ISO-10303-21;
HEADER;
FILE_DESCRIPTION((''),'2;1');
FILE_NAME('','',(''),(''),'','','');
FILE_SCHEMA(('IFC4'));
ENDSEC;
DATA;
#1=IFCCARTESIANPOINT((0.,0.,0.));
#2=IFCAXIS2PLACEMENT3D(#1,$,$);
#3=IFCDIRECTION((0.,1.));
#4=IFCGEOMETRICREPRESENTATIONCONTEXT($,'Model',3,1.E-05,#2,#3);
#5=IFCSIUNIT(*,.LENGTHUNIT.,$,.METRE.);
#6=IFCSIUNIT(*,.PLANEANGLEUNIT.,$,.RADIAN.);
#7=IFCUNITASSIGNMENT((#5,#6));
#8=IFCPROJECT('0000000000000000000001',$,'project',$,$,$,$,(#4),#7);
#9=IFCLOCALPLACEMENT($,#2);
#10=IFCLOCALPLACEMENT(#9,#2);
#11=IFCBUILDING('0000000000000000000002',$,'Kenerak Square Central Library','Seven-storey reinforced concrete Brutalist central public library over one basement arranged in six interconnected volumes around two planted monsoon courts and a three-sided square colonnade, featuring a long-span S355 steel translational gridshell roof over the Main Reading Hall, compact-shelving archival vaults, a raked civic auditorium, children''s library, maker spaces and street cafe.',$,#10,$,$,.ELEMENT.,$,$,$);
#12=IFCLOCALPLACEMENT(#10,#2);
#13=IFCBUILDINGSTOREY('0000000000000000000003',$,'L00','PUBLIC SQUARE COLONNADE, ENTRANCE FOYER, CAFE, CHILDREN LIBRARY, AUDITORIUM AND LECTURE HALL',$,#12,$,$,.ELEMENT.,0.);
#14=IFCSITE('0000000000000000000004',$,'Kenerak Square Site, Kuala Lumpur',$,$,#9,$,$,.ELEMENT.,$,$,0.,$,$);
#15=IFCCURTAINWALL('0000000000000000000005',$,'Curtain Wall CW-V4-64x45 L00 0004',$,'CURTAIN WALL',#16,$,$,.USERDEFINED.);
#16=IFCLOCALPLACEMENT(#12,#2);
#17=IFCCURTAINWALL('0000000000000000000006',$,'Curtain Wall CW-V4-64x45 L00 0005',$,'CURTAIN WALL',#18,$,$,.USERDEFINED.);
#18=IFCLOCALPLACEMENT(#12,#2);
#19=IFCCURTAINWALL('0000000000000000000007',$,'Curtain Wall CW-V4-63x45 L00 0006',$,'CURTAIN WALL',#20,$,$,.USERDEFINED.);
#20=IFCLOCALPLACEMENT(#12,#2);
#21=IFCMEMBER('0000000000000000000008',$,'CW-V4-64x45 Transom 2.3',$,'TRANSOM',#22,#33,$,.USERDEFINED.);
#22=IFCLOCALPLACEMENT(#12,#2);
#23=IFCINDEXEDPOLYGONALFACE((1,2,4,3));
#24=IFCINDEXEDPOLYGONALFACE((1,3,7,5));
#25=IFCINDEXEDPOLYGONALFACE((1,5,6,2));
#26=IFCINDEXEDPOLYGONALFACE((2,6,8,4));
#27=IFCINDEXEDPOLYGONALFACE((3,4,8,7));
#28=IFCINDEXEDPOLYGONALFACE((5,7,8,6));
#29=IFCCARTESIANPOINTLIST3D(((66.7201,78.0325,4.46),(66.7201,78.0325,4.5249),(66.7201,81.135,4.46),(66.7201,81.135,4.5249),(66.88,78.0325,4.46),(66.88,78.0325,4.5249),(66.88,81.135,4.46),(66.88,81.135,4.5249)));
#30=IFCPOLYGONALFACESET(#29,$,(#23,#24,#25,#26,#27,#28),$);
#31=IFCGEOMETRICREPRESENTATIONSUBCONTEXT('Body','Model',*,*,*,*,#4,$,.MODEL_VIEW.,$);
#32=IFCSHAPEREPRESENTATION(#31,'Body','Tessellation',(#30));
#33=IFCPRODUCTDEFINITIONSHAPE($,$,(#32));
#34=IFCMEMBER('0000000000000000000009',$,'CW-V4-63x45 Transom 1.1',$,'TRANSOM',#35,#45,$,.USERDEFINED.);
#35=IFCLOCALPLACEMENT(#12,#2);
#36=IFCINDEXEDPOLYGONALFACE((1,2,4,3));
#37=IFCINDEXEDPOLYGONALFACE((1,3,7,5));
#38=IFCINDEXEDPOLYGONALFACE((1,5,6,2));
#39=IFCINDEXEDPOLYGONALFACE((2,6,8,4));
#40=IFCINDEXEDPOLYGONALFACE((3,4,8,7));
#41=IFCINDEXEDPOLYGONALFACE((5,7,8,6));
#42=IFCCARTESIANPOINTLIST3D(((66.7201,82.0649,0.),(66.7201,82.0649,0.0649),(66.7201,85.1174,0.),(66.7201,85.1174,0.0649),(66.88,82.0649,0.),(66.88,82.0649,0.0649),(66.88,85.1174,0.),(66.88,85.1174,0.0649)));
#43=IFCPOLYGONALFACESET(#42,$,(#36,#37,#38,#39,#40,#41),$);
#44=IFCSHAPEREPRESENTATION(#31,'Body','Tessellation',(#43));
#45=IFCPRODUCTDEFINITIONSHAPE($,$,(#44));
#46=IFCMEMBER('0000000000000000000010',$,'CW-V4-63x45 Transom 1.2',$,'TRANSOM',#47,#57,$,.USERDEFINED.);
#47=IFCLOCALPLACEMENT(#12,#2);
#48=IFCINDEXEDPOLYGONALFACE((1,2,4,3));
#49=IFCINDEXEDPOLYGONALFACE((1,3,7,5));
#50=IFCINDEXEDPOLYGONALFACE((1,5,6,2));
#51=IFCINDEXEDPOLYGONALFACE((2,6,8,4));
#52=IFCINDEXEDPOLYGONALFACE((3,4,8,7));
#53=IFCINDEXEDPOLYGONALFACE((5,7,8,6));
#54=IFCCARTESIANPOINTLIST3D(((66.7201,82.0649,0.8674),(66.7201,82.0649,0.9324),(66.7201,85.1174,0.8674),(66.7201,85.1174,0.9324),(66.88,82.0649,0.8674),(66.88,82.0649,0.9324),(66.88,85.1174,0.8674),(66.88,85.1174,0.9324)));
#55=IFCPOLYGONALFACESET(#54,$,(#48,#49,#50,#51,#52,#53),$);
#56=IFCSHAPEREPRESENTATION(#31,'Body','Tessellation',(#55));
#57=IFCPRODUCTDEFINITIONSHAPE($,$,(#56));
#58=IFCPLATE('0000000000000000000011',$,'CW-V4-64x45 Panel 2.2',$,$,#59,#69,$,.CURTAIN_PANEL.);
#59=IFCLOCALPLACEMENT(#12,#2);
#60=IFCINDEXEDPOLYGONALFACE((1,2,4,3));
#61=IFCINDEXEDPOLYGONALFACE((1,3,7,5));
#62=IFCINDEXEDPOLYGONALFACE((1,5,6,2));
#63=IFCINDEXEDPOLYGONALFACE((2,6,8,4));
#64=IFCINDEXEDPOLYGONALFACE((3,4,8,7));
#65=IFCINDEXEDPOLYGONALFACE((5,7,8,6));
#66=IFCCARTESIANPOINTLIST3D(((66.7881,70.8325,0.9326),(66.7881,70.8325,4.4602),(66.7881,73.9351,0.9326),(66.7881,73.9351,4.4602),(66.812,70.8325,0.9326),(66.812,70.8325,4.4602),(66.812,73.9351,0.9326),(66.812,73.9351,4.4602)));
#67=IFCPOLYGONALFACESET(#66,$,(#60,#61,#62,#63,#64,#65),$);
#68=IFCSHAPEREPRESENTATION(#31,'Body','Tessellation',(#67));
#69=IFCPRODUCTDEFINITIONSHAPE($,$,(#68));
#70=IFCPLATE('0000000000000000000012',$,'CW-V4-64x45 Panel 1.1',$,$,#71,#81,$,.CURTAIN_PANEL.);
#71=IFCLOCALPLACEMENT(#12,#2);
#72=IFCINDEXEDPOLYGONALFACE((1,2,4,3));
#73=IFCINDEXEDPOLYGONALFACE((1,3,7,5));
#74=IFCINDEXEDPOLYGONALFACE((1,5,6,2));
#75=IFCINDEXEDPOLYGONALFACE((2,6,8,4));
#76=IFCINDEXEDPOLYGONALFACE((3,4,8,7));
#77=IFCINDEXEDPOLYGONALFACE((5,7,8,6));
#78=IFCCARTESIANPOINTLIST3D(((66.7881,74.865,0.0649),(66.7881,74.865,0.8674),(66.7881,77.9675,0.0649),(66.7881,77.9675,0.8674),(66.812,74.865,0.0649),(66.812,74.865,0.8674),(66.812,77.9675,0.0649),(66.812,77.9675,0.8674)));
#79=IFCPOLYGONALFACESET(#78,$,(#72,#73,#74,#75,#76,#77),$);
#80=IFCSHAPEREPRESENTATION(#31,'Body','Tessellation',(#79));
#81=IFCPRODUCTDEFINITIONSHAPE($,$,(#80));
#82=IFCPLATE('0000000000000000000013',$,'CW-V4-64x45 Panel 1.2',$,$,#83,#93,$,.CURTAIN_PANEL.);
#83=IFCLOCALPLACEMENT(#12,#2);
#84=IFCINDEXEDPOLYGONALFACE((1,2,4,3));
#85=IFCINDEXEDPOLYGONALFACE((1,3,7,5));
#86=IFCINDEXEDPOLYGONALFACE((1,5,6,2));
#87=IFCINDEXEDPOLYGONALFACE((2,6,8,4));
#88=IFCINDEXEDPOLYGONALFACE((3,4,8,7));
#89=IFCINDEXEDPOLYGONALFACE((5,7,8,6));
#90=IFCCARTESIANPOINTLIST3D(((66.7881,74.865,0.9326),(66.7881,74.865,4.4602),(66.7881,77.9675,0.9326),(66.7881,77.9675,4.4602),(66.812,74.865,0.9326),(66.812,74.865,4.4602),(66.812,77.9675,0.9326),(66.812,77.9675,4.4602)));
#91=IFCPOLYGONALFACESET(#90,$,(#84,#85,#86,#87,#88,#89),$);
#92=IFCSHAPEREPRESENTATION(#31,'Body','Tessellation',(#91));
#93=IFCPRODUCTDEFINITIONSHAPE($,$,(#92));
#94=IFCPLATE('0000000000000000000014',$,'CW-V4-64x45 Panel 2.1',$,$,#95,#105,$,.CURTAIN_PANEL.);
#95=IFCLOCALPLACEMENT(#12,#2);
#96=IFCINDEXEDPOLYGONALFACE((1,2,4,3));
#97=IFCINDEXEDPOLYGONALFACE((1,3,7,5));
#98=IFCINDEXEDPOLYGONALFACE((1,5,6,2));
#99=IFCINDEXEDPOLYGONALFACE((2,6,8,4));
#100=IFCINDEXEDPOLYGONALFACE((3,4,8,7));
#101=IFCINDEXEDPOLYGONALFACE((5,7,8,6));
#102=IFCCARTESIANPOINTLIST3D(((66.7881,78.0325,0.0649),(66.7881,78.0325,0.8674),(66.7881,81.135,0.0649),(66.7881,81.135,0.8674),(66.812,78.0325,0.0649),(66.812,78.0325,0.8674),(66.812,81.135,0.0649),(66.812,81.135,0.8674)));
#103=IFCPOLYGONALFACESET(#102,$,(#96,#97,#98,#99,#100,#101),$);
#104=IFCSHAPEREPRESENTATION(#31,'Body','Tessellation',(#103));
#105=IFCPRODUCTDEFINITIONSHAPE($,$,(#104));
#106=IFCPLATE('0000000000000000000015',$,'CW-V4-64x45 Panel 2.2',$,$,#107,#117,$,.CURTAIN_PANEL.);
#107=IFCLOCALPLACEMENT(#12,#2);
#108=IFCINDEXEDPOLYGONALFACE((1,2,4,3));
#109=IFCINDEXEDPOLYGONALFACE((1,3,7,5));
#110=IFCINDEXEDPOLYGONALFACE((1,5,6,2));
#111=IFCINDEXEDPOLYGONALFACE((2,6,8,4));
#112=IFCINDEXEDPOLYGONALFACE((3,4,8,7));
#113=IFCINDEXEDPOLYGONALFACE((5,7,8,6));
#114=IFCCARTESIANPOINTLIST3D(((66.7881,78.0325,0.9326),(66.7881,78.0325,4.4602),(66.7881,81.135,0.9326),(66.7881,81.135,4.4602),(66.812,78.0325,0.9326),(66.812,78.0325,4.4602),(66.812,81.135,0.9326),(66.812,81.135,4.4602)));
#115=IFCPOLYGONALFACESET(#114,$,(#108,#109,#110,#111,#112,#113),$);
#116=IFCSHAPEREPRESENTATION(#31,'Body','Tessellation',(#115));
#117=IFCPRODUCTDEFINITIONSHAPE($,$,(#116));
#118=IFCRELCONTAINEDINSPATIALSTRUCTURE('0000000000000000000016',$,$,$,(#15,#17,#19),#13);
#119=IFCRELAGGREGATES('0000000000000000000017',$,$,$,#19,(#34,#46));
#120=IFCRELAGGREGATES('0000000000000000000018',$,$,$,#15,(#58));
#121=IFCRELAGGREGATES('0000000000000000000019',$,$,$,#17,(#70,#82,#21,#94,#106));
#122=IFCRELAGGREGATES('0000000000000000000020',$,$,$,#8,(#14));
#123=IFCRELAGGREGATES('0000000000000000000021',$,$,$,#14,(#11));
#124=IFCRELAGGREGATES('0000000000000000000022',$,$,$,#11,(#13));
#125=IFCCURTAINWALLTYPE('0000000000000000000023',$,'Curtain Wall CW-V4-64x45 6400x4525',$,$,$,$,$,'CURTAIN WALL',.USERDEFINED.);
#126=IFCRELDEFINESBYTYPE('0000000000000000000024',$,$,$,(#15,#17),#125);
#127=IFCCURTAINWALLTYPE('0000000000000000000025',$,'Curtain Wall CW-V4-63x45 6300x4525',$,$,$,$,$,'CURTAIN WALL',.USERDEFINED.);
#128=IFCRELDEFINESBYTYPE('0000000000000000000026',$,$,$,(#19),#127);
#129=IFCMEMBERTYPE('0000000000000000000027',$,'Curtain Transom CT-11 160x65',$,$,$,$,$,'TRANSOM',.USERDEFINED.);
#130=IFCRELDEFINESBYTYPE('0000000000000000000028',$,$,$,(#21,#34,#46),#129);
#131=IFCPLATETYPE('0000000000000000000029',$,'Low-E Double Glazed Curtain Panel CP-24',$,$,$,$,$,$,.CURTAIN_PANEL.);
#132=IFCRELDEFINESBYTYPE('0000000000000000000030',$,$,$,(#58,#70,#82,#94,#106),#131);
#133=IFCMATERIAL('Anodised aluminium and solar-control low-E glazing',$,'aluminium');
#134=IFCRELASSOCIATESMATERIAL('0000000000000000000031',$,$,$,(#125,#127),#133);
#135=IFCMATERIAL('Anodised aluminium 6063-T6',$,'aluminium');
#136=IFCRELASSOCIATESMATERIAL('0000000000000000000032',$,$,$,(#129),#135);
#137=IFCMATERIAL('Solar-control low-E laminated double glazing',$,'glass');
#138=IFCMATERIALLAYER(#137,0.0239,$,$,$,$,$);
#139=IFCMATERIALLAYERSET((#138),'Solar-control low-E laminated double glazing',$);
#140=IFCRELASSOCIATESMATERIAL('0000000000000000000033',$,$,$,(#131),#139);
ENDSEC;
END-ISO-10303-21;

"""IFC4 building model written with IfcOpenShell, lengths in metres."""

from ifc_helpers import new_model, si_unit, direction, frame, origin, origin_2d, place, context, subcontext, project, spatial, rectangle, extrude, material, layer, layer_set, material_profile, profile_set, type_object, element, aggregate, save


model = new_model("IFC4")

# Units and contexts
model_context = context("Model", 3, precision=1e-05, world=origin(), true_north=direction((0.0, 1.0)))
body_context = subcontext(model_context, "Body", "Model", "MODEL_VIEW")
ifc_project = project(units=[si_unit("LENGTHUNIT", "METRE"), si_unit("PLANEANGLEUNIT", "RADIAN")], contexts=[model_context])

# Site, building, storey
site_placement = place(None, origin())
site = spatial("IfcSite", under=ifc_project, at=site_placement, Name="Kenerak Square Site, Kuala Lumpur", CompositionType="ELEMENT", RefElevation=0.0)
building_placement = place(site_placement, origin())
building = spatial("IfcBuilding", under=site, at=building_placement, Name="Kenerak Square Central Library", Description="Seven-storey reinforced concrete Brutalist central public library over one basement arranged in six interconnected volumes around two planted monsoon courts and a three-sided square colonnade, featuring a long-span S355 steel translational gridshell roof over the Main Reading Hall, compact-shelving archival vaults, a raked civic auditorium, children's library, maker spaces and street cafe.", CompositionType="ELEMENT")
storey_placement = place(building_placement, origin())
storey = spatial("IfcBuildingStorey", under=building, at=storey_placement, Name="L00", Description="PUBLIC SQUARE COLONNADE, ENTRANCE FOYER, CAFE, CHILDREN LIBRARY, AUDITORIUM AND LECTURE HALL", CompositionType="ELEMENT", Elevation=0.0)

# Curtain wall
ifc_material_1 = material(Name="Anodised aluminium and solar-control low-E glazing", Category="aluminium")
curtain_wall_type_1 = type_object("IfcCurtainWallType", Name="Curtain Wall CW-V4-64x45 6400x4525", ElementType="CURTAIN WALL", PredefinedType="USERDEFINED", material=ifc_material_1)
curtain_wall_1_placement = place(storey_placement, origin())
curtain_wall_1 = element("IfcCurtainWall", 1, at=curtain_wall_1_placement, inside=storey, type_object=curtain_wall_type_1, Name="Curtain Wall CW-V4-64x45 L00 0004", ObjectType="CURTAIN WALL", PredefinedType="USERDEFINED")
ifc_material_2 = material(Name="Anodised aluminium 6063-T6", Category="aluminium")

# Curtain wall
curtain_wall_2_placement = place(storey_placement, origin())
curtain_wall_2 = element("IfcCurtainWall", 2, at=curtain_wall_2_placement, inside=storey, type_object=curtain_wall_type_1, Name="Curtain Wall CW-V4-64x45 L00 0005", ObjectType="CURTAIN WALL", PredefinedType="USERDEFINED")

# Curtain wall
curtain_wall_type_2 = type_object("IfcCurtainWallType", Name="Curtain Wall CW-V4-63x45 6300x4525", ElementType="CURTAIN WALL", PredefinedType="USERDEFINED", material=ifc_material_1)
curtain_wall_3_placement = place(storey_placement, origin())
curtain_wall_3 = element("IfcCurtainWall", 3, at=curtain_wall_3_placement, inside=storey, type_object=curtain_wall_type_2, Name="Curtain Wall CW-V4-63x45 L00 0006", ObjectType="CURTAIN WALL", PredefinedType="USERDEFINED")

# Members
ifc_material_profile_1 = material_profile(ifc_material_2, rectangle(XDim=0.1599, YDim=0.0649, at=origin_2d()), Name="AL TRANSOM 160x65")
ifc_profile_set_1 = profile_set([ifc_material_profile_1], Name="Anodised aluminium 6063-T6")
member_type_1 = type_object("IfcMemberType", Name="Curtain Transom CT-11 160x65", ElementType="TRANSOM", PredefinedType="USERDEFINED", material=ifc_profile_set_1)
member_1_placement = place(storey_placement, frame((66.8, 78.0325, 4.4924), z_axis=(0.0, 1.0, 0.0), x_axis=(-1.0, 0.0, 0.0)))
member_1 = element("IfcMember", 4, at=member_1_placement, type_object=member_type_1, Name="CW-V4-64x45 Transom 2.3", ObjectType="TRANSOM", PredefinedType="USERDEFINED", context=body_context, shape_type="SweptSolid", body=[
    extrude(rectangle(XDim=0.1599, YDim=0.0649, at=origin_2d()), origin(), (0.0, 0.0, 1.0), 3.1025),
])
member_2_placement = place(storey_placement, frame((66.8, 82.0649, 0.0325), z_axis=(0.0, 1.0, 0.0), x_axis=(-1.0, 0.0, 0.0)))
member_2 = element("IfcMember", 5, at=member_2_placement, type_object=member_type_1, Name="CW-V4-63x45 Transom 1.1", ObjectType="TRANSOM", PredefinedType="USERDEFINED", context=body_context, shape_type="SweptSolid", body=[
    extrude(rectangle(XDim=0.1599, YDim=0.0649, at=origin_2d()), origin(), (0.0, 0.0, 1.0), 3.0525),
])
member_3_placement = place(storey_placement, frame((66.8, 82.0649, 0.8999), z_axis=(0.0, 1.0, 0.0), x_axis=(-1.0, 0.0, 0.0)))
member_3 = element("IfcMember", 6, at=member_3_placement, type_object=member_type_1, Name="CW-V4-63x45 Transom 1.2", ObjectType="TRANSOM", PredefinedType="USERDEFINED", context=body_context, shape_type="SweptSolid", body=[
    extrude(rectangle(XDim=0.1599, YDim=0.0649, at=origin_2d()), origin(), (0.0, 0.0, 1.0), 3.0525),
])
aggregate(curtain_wall_3, [member_2, member_3])

# Plates
ifc_material_3 = material(Name="Solar-control low-E laminated double glazing", Category="glass")
ifc_layer = layer(ifc_material_3, 0.0239)
ifc_layer_set = layer_set([ifc_layer], Name="Solar-control low-E laminated double glazing")
plate_type = type_object("IfcPlateType", Name="Low-E Double Glazed Curtain Panel CP-24", PredefinedType="CURTAIN_PANEL", material=ifc_layer_set)
plate_1_placement = place(storey_placement, frame((66.8, 72.3838, 0.9326), z_axis=(0.0, 0.0, 1.0), x_axis=(0.0, 1.0, 0.0)))
plate_1 = element("IfcPlate", 7, at=plate_1_placement, type_object=plate_type, Name="CW-V4-64x45 Panel 2.2", PredefinedType="CURTAIN_PANEL", context=body_context, shape_type="SweptSolid", body=[
    extrude(rectangle(XDim=3.1025, YDim=0.0239, at=origin_2d()), origin(), (0.0, 0.0, 1.0), 3.5276),
])
aggregate(curtain_wall_1, [plate_1])
plate_2_placement = place(storey_placement, frame((66.8, 76.4163, 0.0649), z_axis=(0.0, 0.0, 1.0), x_axis=(0.0, 1.0, 0.0)))
plate_2 = element("IfcPlate", 8, at=plate_2_placement, type_object=plate_type, Name="CW-V4-64x45 Panel 1.1", PredefinedType="CURTAIN_PANEL", context=body_context, shape_type="SweptSolid", body=[
    extrude(rectangle(XDim=3.1025, YDim=0.0239, at=origin_2d()), origin(), (0.0, 0.0, 1.0), 0.8025),
])
plate_3_placement = place(storey_placement, frame((66.8, 76.4163, 0.9326), z_axis=(0.0, 0.0, 1.0), x_axis=(0.0, 1.0, 0.0)))
plate_3 = element("IfcPlate", 9, at=plate_3_placement, type_object=plate_type, Name="CW-V4-64x45 Panel 1.2", PredefinedType="CURTAIN_PANEL", context=body_context, shape_type="SweptSolid", body=[
    extrude(rectangle(XDim=3.1025, YDim=0.0239, at=origin_2d()), origin(), (0.0, 0.0, 1.0), 3.5276),
])
plate_4_placement = place(storey_placement, frame((66.8, 79.5837, 0.0649), z_axis=(0.0, 0.0, 1.0), x_axis=(0.0, 1.0, 0.0)))
plate_4 = element("IfcPlate", 10, at=plate_4_placement, type_object=plate_type, Name="CW-V4-64x45 Panel 2.1", PredefinedType="CURTAIN_PANEL", context=body_context, shape_type="SweptSolid", body=[
    extrude(rectangle(XDim=3.1025, YDim=0.0239, at=origin_2d()), origin(), (0.0, 0.0, 1.0), 0.8025),
])
plate_5_placement = place(storey_placement, frame((66.8, 79.5837, 0.9326), z_axis=(0.0, 0.0, 1.0), x_axis=(0.0, 1.0, 0.0)))
plate_5 = element("IfcPlate", 11, at=plate_5_placement, type_object=plate_type, Name="CW-V4-64x45 Panel 2.2", PredefinedType="CURTAIN_PANEL", context=body_context, shape_type="SweptSolid", body=[
    extrude(rectangle(XDim=3.1025, YDim=0.0239, at=origin_2d()), origin(), (0.0, 0.0, 1.0), 3.5276),
])
aggregate(curtain_wall_2, [plate_2, plate_3, member_1, plate_4, plate_5])

save(model, "model.ifc")
